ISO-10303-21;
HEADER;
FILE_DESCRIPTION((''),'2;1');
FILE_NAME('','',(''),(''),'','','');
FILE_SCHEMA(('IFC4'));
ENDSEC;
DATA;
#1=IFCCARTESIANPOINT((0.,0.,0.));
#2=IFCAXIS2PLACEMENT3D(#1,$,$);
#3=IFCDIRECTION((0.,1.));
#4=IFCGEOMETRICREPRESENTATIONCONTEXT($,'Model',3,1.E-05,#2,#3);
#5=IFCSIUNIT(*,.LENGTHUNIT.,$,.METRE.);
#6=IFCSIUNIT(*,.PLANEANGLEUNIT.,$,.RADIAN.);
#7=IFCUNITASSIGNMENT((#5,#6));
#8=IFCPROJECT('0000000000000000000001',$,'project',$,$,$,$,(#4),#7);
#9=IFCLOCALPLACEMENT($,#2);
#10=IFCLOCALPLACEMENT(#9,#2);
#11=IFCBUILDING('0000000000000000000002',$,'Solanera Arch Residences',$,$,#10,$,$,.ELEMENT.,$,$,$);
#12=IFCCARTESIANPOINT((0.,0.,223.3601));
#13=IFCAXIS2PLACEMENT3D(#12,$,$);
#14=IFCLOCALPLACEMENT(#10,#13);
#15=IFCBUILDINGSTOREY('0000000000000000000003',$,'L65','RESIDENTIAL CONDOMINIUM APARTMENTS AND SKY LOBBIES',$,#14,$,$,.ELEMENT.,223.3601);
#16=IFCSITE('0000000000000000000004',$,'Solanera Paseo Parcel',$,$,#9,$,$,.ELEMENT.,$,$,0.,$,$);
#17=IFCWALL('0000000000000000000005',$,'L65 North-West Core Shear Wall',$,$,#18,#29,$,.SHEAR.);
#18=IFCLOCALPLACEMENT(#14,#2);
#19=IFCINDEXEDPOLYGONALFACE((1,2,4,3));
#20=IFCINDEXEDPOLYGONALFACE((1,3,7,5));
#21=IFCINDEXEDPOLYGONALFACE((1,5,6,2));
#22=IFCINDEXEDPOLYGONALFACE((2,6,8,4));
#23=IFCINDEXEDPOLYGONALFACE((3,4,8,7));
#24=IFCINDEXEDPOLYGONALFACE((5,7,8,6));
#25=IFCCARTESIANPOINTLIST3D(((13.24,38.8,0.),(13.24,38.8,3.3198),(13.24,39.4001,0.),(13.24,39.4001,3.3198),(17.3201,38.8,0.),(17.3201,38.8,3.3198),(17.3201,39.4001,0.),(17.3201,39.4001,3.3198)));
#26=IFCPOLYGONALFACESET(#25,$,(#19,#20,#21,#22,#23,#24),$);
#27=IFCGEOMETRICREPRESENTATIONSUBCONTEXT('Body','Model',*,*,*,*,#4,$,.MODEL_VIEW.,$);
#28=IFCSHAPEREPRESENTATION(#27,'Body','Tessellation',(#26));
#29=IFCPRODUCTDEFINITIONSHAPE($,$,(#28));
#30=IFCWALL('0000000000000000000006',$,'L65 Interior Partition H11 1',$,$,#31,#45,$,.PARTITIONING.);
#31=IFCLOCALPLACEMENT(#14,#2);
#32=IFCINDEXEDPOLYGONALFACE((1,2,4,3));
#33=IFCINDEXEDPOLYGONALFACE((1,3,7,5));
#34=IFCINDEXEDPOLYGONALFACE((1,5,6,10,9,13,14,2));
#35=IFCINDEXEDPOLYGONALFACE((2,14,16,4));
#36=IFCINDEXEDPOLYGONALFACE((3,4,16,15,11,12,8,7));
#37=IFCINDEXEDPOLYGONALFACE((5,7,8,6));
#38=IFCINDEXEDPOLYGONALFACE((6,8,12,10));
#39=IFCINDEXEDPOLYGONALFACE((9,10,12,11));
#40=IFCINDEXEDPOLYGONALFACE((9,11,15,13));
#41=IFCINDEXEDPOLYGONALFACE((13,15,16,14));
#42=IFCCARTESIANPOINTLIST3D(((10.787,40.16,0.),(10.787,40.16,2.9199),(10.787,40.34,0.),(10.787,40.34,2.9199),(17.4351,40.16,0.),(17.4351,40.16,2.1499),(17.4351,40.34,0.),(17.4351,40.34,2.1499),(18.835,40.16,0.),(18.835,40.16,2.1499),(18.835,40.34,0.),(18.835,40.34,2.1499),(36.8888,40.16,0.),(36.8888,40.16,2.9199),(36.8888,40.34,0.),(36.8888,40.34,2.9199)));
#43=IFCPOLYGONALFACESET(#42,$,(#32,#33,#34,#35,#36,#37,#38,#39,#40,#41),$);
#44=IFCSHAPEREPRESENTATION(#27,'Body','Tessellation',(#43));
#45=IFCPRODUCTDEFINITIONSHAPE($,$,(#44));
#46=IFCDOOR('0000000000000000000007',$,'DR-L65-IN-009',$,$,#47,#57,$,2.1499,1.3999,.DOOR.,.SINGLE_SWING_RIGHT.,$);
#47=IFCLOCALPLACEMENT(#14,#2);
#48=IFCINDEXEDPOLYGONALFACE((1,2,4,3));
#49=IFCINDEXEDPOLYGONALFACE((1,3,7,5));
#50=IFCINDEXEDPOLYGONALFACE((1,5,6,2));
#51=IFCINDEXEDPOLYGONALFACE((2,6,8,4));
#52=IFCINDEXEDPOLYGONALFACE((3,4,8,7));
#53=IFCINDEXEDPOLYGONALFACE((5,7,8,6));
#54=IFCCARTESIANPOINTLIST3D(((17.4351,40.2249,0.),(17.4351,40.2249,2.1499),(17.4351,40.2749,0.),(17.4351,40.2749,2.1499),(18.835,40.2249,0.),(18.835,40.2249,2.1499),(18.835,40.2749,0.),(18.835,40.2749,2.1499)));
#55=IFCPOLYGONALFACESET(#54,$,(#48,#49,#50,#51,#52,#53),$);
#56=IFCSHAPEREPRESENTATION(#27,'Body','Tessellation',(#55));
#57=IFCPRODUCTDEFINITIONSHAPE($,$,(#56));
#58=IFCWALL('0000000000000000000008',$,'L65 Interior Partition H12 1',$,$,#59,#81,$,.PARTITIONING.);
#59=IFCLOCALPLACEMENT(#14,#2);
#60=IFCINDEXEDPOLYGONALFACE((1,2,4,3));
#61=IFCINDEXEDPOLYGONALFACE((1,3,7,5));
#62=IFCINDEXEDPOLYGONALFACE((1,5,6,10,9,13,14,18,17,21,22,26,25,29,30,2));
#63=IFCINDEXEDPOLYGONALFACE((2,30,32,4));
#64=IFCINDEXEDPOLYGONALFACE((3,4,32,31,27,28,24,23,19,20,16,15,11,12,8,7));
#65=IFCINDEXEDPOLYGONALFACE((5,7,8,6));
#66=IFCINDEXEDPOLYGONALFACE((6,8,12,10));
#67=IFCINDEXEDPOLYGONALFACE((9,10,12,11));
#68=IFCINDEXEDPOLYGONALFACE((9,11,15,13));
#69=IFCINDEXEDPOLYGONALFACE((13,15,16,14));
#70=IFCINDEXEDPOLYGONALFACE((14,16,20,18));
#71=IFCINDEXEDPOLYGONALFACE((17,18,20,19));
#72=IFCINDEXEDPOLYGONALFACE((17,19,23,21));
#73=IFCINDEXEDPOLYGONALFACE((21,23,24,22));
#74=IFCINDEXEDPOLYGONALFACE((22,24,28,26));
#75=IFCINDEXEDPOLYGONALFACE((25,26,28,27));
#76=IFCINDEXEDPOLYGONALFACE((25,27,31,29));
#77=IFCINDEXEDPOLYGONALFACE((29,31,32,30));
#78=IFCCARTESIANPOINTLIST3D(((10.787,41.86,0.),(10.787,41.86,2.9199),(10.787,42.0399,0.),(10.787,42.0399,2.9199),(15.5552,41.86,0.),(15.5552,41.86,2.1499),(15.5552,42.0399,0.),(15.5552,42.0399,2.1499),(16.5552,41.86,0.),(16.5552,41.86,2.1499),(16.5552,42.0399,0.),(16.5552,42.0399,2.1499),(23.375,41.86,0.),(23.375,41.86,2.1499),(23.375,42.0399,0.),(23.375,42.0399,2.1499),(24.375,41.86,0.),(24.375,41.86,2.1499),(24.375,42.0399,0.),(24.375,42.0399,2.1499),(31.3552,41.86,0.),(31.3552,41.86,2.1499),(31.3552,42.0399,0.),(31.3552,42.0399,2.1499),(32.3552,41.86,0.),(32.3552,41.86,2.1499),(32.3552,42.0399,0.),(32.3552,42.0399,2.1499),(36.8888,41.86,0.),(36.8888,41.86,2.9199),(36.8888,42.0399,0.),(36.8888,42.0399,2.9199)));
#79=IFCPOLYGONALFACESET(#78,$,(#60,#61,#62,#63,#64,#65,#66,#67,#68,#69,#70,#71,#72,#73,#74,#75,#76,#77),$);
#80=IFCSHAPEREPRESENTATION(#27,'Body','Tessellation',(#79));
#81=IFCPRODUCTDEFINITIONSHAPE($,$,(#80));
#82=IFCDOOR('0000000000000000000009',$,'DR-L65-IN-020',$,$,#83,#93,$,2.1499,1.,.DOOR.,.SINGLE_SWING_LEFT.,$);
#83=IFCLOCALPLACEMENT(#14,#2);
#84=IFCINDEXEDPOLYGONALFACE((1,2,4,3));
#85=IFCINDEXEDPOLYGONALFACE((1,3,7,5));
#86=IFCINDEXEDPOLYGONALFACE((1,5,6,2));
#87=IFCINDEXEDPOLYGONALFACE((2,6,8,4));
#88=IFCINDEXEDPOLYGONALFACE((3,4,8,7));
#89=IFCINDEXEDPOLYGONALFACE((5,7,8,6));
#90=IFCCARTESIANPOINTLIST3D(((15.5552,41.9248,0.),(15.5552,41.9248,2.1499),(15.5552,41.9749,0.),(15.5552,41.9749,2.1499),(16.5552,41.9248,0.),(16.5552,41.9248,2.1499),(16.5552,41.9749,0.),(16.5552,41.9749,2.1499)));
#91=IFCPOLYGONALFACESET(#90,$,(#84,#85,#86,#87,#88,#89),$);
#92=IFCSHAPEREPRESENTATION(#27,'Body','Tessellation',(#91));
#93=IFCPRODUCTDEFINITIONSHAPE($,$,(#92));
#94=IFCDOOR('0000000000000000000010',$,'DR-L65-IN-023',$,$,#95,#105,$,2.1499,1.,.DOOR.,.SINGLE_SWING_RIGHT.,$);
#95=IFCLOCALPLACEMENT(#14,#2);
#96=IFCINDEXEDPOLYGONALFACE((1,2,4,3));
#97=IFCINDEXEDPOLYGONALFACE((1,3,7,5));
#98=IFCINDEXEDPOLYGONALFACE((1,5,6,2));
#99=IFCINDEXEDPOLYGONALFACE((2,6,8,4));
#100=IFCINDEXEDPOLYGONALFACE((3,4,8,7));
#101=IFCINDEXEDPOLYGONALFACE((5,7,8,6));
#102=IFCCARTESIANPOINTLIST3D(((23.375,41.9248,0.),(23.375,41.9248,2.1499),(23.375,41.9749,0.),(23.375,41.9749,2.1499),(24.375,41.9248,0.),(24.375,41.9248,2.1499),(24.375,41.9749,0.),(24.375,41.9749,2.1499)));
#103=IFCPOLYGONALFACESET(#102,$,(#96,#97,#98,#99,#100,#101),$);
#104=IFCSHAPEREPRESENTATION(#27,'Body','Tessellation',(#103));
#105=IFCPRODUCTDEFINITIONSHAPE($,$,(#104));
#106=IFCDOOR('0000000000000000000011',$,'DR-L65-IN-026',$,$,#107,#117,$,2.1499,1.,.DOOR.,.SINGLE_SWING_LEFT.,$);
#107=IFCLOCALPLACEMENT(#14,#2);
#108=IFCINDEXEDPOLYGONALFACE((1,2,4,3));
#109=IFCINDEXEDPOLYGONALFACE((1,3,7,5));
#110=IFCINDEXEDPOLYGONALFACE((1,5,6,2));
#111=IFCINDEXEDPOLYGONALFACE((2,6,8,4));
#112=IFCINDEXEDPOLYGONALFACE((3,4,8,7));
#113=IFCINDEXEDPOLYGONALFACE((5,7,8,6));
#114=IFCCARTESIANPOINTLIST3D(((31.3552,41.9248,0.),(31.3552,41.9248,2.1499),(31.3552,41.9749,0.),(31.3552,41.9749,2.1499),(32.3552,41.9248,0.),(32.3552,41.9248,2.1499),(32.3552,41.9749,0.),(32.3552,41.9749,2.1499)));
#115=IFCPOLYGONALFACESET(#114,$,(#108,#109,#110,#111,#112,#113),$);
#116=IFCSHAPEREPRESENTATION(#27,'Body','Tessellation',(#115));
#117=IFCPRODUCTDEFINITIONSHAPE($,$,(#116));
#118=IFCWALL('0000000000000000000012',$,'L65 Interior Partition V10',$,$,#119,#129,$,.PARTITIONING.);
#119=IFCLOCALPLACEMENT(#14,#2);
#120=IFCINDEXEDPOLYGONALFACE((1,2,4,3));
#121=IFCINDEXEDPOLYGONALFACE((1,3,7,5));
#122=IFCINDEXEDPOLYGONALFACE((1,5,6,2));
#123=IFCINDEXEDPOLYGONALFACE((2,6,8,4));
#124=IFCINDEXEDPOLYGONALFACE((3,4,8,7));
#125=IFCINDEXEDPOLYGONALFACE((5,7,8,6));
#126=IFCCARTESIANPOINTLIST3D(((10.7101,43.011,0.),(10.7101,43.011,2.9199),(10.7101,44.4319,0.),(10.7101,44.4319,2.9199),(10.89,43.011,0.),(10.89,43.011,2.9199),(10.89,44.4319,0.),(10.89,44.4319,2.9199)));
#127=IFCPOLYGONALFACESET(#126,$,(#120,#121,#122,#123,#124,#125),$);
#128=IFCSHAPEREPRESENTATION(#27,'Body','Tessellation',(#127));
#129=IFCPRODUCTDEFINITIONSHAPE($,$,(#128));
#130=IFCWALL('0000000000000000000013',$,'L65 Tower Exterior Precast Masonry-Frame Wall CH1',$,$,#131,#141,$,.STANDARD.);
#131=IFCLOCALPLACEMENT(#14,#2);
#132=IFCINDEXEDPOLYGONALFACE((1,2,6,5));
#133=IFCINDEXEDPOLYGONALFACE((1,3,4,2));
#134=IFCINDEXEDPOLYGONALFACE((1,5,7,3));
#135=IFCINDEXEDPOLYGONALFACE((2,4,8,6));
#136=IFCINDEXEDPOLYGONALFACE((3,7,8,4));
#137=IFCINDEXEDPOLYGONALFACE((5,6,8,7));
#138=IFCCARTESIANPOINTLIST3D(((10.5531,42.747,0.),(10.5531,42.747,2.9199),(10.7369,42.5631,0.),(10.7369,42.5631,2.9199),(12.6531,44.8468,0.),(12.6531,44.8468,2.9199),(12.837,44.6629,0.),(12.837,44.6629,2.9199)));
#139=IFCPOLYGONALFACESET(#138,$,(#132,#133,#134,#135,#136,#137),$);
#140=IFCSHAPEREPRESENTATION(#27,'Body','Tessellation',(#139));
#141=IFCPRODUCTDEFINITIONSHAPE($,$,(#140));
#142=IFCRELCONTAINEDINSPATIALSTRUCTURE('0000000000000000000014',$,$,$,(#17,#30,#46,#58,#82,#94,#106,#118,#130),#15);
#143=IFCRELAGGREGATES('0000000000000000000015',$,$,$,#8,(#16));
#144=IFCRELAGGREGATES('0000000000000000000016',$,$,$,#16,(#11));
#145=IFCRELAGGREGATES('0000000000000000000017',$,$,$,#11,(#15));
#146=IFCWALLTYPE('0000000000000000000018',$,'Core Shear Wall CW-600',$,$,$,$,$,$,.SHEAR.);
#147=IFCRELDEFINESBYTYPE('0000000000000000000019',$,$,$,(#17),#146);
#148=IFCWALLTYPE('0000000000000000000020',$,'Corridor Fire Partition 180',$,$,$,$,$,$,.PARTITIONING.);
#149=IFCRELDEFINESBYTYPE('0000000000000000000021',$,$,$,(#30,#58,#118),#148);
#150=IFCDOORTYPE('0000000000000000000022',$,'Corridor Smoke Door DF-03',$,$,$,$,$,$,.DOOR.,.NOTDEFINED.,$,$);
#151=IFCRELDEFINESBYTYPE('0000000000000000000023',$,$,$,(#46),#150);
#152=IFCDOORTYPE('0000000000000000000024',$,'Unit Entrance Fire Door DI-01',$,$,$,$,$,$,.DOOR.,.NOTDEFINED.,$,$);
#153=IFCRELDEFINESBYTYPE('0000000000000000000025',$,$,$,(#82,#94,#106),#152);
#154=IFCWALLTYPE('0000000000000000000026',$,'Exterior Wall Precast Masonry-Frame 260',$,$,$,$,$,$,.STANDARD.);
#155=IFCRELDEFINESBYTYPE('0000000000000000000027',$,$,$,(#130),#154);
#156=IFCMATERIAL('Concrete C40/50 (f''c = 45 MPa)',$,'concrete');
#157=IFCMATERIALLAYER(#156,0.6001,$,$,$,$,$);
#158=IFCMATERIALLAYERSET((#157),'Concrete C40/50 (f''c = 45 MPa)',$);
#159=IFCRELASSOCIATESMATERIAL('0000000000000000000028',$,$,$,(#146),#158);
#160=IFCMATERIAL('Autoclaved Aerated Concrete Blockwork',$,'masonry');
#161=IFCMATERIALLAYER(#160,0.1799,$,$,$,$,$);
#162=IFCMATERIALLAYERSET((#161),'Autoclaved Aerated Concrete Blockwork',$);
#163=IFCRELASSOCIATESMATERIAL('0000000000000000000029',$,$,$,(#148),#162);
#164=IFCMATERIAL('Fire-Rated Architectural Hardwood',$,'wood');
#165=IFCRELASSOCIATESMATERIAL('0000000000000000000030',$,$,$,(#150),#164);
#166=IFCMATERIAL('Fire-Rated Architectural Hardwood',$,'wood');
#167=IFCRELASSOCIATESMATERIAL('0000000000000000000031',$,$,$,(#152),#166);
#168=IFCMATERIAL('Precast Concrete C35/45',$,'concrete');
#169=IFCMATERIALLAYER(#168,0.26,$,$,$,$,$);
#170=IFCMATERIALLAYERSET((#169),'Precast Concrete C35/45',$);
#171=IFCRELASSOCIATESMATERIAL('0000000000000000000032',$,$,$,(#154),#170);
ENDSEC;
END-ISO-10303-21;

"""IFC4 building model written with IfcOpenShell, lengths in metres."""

from ifc_helpers import new_model, si_unit, direction, frame, frame_2d, origin, place, context, subcontext, project, spatial, rectangle, extrude, material, layer, layer_set, type_object, element, fill, save


model = new_model("IFC4")

# Units and contexts
model_context = context("Model", 3, precision=1e-05, world=origin(), true_north=direction((0.0, 1.0)))
body_context = subcontext(model_context, "Body", "Model", "MODEL_VIEW")
ifc_project = project(units=[si_unit("LENGTHUNIT", "METRE"), si_unit("PLANEANGLEUNIT", "RADIAN")], contexts=[model_context])

# Site, building, storey
site_placement = place(None, origin())
site = spatial("IfcSite", under=ifc_project, at=site_placement, Name="Solanera Paseo Parcel", CompositionType="ELEMENT", RefElevation=0.0)
building_placement = place(site_placement, origin())
building = spatial("IfcBuilding", under=site, at=building_placement, Name="Solanera Arch Residences", CompositionType="ELEMENT")
storey_placement = place(building_placement, frame((0.0, 0.0, 223.3601)))
storey = spatial("IfcBuildingStorey", under=building, at=storey_placement, Name="L65", Description="RESIDENTIAL CONDOMINIUM APARTMENTS AND SKY LOBBIES", CompositionType="ELEMENT", Elevation=223.3601)

# Wall
ifc_material_1 = material(Name="Concrete C40/50 (f'c = 45 MPa)", Category="concrete")
ifc_layer_1 = layer(ifc_material_1, 0.6001)
ifc_layer_set_1 = layer_set([ifc_layer_1], Name="Concrete C40/50 (f'c = 45 MPa)")
wall_type_1 = type_object("IfcWallType", Name="Core Shear Wall CW-600", PredefinedType="SHEAR", material=ifc_layer_set_1)
wall_1_placement = place(storey_placement, frame((13.24, 39.1001, 0.0), z_axis=(0.0, 0.0, 1.0), x_axis=(1.0, 0.0, 0.0)))
element("IfcWall", 1, at=wall_1_placement, inside=storey, type_object=wall_type_1, Name="L65 North-West Core Shear Wall", PredefinedType="SHEAR", context=body_context, shape_type="SweptSolid", body=[
    extrude(rectangle(XDim=4.0801, YDim=0.6001, at=frame_2d((2.04, 0.0))), origin(), (0.0, 0.0, 1.0), 3.3198),
])

# Wall, opening, door
ifc_material_2 = material(Name="Autoclaved Aerated Concrete Blockwork", Category="masonry")
ifc_layer_2 = layer(ifc_material_2, 0.1799)
ifc_layer_set_2 = layer_set([ifc_layer_2], Name="Autoclaved Aerated Concrete Blockwork")
wall_type_2 = type_object("IfcWallType", Name="Corridor Fire Partition 180", PredefinedType="PARTITIONING", material=ifc_layer_set_2)
wall_2_placement = place(storey_placement, frame((10.7871, 40.25, 0.0), z_axis=(0.0, 0.0, 1.0), x_axis=(1.0, 0.0, 0.0)))
wall_2 = element("IfcWall", 2, at=wall_2_placement, inside=storey, type_object=wall_type_2, Name="L65 Interior Partition H11 1", PredefinedType="PARTITIONING", context=body_context, shape_type="SweptSolid", body=[
    extrude(rectangle(XDim=26.1018, YDim=0.1799, at=frame_2d((13.0508, 0.0))), origin(), (0.0, 0.0, 1.0), 2.9199),
])
opening_1_placement = place(wall_2_placement, frame((6.6479, 0.0, 0.0)))
opening_1 = element("IfcOpeningElement", 3, at=opening_1_placement, cuts=wall_2, PredefinedType="OPENING", context=body_context, shape_type="SweptSolid", body=[
    extrude(rectangle(XDim=1.3999, YDim=2.1499, at=frame_2d((0.7, 1.075))), frame((0.0, 0.1001, 0.0), z_axis=(0.0, -1.0, 0.0), x_axis=(1.0, 0.0, 0.0)), (0.0, 0.0, 1.0), 0.1999),
])
ifc_material_3 = material(Name="Fire-Rated Architectural Hardwood", Category="wood")
door_type_1 = type_object("IfcDoorType", Name="Corridor Smoke Door DF-03", OperationType="NOTDEFINED", PredefinedType="DOOR", material=ifc_material_3)
door_1_placement = place(opening_1_placement, origin())
door_1 = element("IfcDoor", 4, at=door_1_placement, inside=storey, type_object=door_type_1, Name="DR-L65-IN-009", OperationType="SINGLE_SWING_RIGHT", OverallHeight=2.1499, OverallWidth=1.3999, PredefinedType="DOOR", context=body_context, shape_type="SweptSolid", body=[
    extrude(rectangle(XDim=1.3999, YDim=2.1499, at=frame_2d((0.7, 1.075))), frame((0.0, 0.0249, 0.0), z_axis=(0.0, -1.0, 0.0), x_axis=(1.0, 0.0, 0.0)), (0.0, 0.0, 1.0), 0.05),
])
fill(opening_1, door_1)

# Wall, openings, doors
wall_3_placement = place(storey_placement, frame((10.7871, 41.95, 0.0), z_axis=(0.0, 0.0, 1.0), x_axis=(1.0, 0.0, 0.0)))
wall_3 = element("IfcWall", 5, at=wall_3_placement, inside=storey, type_object=wall_type_2, Name="L65 Interior Partition H12 1", PredefinedType="PARTITIONING", context=body_context, shape_type="SweptSolid", body=[
    extrude(rectangle(XDim=26.1018, YDim=0.1799, at=frame_2d((13.0508, 0.0))), origin(), (0.0, 0.0, 1.0), 2.9199),
])
opening_2_placement = place(wall_3_placement, frame((4.7681, 0.0, 0.0)))
opening_2 = element("IfcOpeningElement", 6, at=opening_2_placement, cuts=wall_3, PredefinedType="OPENING", context=body_context, shape_type="SweptSolid", body=[
    extrude(rectangle(XDim=1.0, YDim=2.1499, at=frame_2d((0.5, 1.075))), frame((0.0, 0.1001, 0.0), z_axis=(0.0, -1.0, 0.0), x_axis=(1.0, 0.0, 0.0)), (0.0, 0.0, 1.0), 0.1999),
])
opening_3_placement = place(wall_3_placement, frame((12.5879, 0.0, 0.0)))
opening_3 = element("IfcOpeningElement", 7, at=opening_3_placement, cuts=wall_3, PredefinedType="OPENING", context=body_context, shape_type="SweptSolid", body=[
    extrude(rectangle(XDim=1.0, YDim=2.1499, at=frame_2d((0.5, 1.075))), frame((0.0, 0.1001, 0.0), z_axis=(0.0, -1.0, 0.0), x_axis=(1.0, 0.0, 0.0)), (0.0, 0.0, 1.0), 0.1999),
])
opening_4_placement = place(wall_3_placement, frame((20.5681, 0.0, 0.0)))
opening_4 = element("IfcOpeningElement", 8, at=opening_4_placement, cuts=wall_3, PredefinedType="OPENING", context=body_context, shape_type="SweptSolid", body=[
    extrude(rectangle(XDim=1.0, YDim=2.1499, at=frame_2d((0.5, 1.075))), frame((0.0, 0.1001, 0.0), z_axis=(0.0, -1.0, 0.0), x_axis=(1.0, 0.0, 0.0)), (0.0, 0.0, 1.0), 0.1999),
])
ifc_material_4 = material(Name="Fire-Rated Architectural Hardwood", Category="wood")
door_type_2 = type_object("IfcDoorType", Name="Unit Entrance Fire Door DI-01", OperationType="NOTDEFINED", PredefinedType="DOOR", material=ifc_material_4)
door_2_placement = place(opening_2_placement, origin())
door_2 = element("IfcDoor", 9, at=door_2_placement, inside=storey, type_object=door_type_2, Name="DR-L65-IN-020", OperationType="SINGLE_SWING_LEFT", OverallHeight=2.1499, OverallWidth=1.0, PredefinedType="DOOR", context=body_context, shape_type="SweptSolid", body=[
    extrude(rectangle(XDim=1.0, YDim=2.1499, at=frame_2d((0.5, 1.075))), frame((0.0, 0.0249, 0.0), z_axis=(0.0, -1.0, 0.0), x_axis=(1.0, 0.0, 0.0)), (0.0, 0.0, 1.0), 0.05),
])
fill(opening_2, door_2)
door_3_placement = place(opening_3_placement, origin())
door_3 = element("IfcDoor", 10, at=door_3_placement, inside=storey, type_object=door_type_2, Name="DR-L65-IN-023", OperationType="SINGLE_SWING_RIGHT", OverallHeight=2.1499, OverallWidth=1.0, PredefinedType="DOOR", context=body_context, shape_type="SweptSolid", body=[
    extrude(rectangle(XDim=1.0, YDim=2.1499, at=frame_2d((0.5, 1.075))), frame((0.0, 0.0249, 0.0), z_axis=(0.0, -1.0, 0.0), x_axis=(1.0, 0.0, 0.0)), (0.0, 0.0, 1.0), 0.05),
])
fill(opening_3, door_3)
door_4_placement = place(opening_4_placement, origin())
door_4 = element("IfcDoor", 11, at=door_4_placement, inside=storey, type_object=door_type_2, Name="DR-L65-IN-026", OperationType="SINGLE_SWING_LEFT", OverallHeight=2.1499, OverallWidth=1.0, PredefinedType="DOOR", context=body_context, shape_type="SweptSolid", body=[
    extrude(rectangle(XDim=1.0, YDim=2.1499, at=frame_2d((0.5, 1.075))), frame((0.0, 0.0249, 0.0), z_axis=(0.0, -1.0, 0.0), x_axis=(1.0, 0.0, 0.0)), (0.0, 0.0, 1.0), 0.05),
])
fill(opening_4, door_4)

# Walls
wall_4_placement = place(storey_placement, frame((10.8, 43.011, 0.0), z_axis=(0.0, 0.0, 1.0), x_axis=(0.0, 1.0, 0.0)))
element("IfcWall", 12, at=wall_4_placement, inside=storey, type_object=wall_type_2, Name="L65 Interior Partition V10", PredefinedType="PARTITIONING", context=body_context, shape_type="SweptSolid", body=[
    extrude(rectangle(XDim=1.4209, YDim=0.1799, at=frame_2d((0.7104, 0.0))), origin(), (0.0, 0.0, 1.0), 2.9199),
])
ifc_material_5 = material(Name="Precast Concrete C35/45", Category="concrete")
ifc_layer_3 = layer(ifc_material_5, 0.26)
ifc_layer_set_3 = layer_set([ifc_layer_3], Name="Precast Concrete C35/45")
wall_type_3 = type_object("IfcWallType", Name="Exterior Wall Precast Masonry-Frame 260", PredefinedType="STANDARD", material=ifc_layer_set_3)
wall_5_placement = place(storey_placement, frame((10.645, 42.655, 0.0), z_axis=(0.0, 0.0, 1.0), x_axis=(0.707148, 0.707066, 0.0)))
element("IfcWall", 13, at=wall_5_placement, inside=storey, type_object=wall_type_3, Name="L65 Tower Exterior Precast Masonry-Frame Wall CH1", PredefinedType="STANDARD", context=body_context, shape_type="SweptSolid", body=[
    extrude(rectangle(XDim=2.9697, YDim=0.26, at=frame_2d((1.4849, 0.0))), origin(), (0.0, 0.0, 1.0), 2.9199),
])

save(model, "model.ifc")
